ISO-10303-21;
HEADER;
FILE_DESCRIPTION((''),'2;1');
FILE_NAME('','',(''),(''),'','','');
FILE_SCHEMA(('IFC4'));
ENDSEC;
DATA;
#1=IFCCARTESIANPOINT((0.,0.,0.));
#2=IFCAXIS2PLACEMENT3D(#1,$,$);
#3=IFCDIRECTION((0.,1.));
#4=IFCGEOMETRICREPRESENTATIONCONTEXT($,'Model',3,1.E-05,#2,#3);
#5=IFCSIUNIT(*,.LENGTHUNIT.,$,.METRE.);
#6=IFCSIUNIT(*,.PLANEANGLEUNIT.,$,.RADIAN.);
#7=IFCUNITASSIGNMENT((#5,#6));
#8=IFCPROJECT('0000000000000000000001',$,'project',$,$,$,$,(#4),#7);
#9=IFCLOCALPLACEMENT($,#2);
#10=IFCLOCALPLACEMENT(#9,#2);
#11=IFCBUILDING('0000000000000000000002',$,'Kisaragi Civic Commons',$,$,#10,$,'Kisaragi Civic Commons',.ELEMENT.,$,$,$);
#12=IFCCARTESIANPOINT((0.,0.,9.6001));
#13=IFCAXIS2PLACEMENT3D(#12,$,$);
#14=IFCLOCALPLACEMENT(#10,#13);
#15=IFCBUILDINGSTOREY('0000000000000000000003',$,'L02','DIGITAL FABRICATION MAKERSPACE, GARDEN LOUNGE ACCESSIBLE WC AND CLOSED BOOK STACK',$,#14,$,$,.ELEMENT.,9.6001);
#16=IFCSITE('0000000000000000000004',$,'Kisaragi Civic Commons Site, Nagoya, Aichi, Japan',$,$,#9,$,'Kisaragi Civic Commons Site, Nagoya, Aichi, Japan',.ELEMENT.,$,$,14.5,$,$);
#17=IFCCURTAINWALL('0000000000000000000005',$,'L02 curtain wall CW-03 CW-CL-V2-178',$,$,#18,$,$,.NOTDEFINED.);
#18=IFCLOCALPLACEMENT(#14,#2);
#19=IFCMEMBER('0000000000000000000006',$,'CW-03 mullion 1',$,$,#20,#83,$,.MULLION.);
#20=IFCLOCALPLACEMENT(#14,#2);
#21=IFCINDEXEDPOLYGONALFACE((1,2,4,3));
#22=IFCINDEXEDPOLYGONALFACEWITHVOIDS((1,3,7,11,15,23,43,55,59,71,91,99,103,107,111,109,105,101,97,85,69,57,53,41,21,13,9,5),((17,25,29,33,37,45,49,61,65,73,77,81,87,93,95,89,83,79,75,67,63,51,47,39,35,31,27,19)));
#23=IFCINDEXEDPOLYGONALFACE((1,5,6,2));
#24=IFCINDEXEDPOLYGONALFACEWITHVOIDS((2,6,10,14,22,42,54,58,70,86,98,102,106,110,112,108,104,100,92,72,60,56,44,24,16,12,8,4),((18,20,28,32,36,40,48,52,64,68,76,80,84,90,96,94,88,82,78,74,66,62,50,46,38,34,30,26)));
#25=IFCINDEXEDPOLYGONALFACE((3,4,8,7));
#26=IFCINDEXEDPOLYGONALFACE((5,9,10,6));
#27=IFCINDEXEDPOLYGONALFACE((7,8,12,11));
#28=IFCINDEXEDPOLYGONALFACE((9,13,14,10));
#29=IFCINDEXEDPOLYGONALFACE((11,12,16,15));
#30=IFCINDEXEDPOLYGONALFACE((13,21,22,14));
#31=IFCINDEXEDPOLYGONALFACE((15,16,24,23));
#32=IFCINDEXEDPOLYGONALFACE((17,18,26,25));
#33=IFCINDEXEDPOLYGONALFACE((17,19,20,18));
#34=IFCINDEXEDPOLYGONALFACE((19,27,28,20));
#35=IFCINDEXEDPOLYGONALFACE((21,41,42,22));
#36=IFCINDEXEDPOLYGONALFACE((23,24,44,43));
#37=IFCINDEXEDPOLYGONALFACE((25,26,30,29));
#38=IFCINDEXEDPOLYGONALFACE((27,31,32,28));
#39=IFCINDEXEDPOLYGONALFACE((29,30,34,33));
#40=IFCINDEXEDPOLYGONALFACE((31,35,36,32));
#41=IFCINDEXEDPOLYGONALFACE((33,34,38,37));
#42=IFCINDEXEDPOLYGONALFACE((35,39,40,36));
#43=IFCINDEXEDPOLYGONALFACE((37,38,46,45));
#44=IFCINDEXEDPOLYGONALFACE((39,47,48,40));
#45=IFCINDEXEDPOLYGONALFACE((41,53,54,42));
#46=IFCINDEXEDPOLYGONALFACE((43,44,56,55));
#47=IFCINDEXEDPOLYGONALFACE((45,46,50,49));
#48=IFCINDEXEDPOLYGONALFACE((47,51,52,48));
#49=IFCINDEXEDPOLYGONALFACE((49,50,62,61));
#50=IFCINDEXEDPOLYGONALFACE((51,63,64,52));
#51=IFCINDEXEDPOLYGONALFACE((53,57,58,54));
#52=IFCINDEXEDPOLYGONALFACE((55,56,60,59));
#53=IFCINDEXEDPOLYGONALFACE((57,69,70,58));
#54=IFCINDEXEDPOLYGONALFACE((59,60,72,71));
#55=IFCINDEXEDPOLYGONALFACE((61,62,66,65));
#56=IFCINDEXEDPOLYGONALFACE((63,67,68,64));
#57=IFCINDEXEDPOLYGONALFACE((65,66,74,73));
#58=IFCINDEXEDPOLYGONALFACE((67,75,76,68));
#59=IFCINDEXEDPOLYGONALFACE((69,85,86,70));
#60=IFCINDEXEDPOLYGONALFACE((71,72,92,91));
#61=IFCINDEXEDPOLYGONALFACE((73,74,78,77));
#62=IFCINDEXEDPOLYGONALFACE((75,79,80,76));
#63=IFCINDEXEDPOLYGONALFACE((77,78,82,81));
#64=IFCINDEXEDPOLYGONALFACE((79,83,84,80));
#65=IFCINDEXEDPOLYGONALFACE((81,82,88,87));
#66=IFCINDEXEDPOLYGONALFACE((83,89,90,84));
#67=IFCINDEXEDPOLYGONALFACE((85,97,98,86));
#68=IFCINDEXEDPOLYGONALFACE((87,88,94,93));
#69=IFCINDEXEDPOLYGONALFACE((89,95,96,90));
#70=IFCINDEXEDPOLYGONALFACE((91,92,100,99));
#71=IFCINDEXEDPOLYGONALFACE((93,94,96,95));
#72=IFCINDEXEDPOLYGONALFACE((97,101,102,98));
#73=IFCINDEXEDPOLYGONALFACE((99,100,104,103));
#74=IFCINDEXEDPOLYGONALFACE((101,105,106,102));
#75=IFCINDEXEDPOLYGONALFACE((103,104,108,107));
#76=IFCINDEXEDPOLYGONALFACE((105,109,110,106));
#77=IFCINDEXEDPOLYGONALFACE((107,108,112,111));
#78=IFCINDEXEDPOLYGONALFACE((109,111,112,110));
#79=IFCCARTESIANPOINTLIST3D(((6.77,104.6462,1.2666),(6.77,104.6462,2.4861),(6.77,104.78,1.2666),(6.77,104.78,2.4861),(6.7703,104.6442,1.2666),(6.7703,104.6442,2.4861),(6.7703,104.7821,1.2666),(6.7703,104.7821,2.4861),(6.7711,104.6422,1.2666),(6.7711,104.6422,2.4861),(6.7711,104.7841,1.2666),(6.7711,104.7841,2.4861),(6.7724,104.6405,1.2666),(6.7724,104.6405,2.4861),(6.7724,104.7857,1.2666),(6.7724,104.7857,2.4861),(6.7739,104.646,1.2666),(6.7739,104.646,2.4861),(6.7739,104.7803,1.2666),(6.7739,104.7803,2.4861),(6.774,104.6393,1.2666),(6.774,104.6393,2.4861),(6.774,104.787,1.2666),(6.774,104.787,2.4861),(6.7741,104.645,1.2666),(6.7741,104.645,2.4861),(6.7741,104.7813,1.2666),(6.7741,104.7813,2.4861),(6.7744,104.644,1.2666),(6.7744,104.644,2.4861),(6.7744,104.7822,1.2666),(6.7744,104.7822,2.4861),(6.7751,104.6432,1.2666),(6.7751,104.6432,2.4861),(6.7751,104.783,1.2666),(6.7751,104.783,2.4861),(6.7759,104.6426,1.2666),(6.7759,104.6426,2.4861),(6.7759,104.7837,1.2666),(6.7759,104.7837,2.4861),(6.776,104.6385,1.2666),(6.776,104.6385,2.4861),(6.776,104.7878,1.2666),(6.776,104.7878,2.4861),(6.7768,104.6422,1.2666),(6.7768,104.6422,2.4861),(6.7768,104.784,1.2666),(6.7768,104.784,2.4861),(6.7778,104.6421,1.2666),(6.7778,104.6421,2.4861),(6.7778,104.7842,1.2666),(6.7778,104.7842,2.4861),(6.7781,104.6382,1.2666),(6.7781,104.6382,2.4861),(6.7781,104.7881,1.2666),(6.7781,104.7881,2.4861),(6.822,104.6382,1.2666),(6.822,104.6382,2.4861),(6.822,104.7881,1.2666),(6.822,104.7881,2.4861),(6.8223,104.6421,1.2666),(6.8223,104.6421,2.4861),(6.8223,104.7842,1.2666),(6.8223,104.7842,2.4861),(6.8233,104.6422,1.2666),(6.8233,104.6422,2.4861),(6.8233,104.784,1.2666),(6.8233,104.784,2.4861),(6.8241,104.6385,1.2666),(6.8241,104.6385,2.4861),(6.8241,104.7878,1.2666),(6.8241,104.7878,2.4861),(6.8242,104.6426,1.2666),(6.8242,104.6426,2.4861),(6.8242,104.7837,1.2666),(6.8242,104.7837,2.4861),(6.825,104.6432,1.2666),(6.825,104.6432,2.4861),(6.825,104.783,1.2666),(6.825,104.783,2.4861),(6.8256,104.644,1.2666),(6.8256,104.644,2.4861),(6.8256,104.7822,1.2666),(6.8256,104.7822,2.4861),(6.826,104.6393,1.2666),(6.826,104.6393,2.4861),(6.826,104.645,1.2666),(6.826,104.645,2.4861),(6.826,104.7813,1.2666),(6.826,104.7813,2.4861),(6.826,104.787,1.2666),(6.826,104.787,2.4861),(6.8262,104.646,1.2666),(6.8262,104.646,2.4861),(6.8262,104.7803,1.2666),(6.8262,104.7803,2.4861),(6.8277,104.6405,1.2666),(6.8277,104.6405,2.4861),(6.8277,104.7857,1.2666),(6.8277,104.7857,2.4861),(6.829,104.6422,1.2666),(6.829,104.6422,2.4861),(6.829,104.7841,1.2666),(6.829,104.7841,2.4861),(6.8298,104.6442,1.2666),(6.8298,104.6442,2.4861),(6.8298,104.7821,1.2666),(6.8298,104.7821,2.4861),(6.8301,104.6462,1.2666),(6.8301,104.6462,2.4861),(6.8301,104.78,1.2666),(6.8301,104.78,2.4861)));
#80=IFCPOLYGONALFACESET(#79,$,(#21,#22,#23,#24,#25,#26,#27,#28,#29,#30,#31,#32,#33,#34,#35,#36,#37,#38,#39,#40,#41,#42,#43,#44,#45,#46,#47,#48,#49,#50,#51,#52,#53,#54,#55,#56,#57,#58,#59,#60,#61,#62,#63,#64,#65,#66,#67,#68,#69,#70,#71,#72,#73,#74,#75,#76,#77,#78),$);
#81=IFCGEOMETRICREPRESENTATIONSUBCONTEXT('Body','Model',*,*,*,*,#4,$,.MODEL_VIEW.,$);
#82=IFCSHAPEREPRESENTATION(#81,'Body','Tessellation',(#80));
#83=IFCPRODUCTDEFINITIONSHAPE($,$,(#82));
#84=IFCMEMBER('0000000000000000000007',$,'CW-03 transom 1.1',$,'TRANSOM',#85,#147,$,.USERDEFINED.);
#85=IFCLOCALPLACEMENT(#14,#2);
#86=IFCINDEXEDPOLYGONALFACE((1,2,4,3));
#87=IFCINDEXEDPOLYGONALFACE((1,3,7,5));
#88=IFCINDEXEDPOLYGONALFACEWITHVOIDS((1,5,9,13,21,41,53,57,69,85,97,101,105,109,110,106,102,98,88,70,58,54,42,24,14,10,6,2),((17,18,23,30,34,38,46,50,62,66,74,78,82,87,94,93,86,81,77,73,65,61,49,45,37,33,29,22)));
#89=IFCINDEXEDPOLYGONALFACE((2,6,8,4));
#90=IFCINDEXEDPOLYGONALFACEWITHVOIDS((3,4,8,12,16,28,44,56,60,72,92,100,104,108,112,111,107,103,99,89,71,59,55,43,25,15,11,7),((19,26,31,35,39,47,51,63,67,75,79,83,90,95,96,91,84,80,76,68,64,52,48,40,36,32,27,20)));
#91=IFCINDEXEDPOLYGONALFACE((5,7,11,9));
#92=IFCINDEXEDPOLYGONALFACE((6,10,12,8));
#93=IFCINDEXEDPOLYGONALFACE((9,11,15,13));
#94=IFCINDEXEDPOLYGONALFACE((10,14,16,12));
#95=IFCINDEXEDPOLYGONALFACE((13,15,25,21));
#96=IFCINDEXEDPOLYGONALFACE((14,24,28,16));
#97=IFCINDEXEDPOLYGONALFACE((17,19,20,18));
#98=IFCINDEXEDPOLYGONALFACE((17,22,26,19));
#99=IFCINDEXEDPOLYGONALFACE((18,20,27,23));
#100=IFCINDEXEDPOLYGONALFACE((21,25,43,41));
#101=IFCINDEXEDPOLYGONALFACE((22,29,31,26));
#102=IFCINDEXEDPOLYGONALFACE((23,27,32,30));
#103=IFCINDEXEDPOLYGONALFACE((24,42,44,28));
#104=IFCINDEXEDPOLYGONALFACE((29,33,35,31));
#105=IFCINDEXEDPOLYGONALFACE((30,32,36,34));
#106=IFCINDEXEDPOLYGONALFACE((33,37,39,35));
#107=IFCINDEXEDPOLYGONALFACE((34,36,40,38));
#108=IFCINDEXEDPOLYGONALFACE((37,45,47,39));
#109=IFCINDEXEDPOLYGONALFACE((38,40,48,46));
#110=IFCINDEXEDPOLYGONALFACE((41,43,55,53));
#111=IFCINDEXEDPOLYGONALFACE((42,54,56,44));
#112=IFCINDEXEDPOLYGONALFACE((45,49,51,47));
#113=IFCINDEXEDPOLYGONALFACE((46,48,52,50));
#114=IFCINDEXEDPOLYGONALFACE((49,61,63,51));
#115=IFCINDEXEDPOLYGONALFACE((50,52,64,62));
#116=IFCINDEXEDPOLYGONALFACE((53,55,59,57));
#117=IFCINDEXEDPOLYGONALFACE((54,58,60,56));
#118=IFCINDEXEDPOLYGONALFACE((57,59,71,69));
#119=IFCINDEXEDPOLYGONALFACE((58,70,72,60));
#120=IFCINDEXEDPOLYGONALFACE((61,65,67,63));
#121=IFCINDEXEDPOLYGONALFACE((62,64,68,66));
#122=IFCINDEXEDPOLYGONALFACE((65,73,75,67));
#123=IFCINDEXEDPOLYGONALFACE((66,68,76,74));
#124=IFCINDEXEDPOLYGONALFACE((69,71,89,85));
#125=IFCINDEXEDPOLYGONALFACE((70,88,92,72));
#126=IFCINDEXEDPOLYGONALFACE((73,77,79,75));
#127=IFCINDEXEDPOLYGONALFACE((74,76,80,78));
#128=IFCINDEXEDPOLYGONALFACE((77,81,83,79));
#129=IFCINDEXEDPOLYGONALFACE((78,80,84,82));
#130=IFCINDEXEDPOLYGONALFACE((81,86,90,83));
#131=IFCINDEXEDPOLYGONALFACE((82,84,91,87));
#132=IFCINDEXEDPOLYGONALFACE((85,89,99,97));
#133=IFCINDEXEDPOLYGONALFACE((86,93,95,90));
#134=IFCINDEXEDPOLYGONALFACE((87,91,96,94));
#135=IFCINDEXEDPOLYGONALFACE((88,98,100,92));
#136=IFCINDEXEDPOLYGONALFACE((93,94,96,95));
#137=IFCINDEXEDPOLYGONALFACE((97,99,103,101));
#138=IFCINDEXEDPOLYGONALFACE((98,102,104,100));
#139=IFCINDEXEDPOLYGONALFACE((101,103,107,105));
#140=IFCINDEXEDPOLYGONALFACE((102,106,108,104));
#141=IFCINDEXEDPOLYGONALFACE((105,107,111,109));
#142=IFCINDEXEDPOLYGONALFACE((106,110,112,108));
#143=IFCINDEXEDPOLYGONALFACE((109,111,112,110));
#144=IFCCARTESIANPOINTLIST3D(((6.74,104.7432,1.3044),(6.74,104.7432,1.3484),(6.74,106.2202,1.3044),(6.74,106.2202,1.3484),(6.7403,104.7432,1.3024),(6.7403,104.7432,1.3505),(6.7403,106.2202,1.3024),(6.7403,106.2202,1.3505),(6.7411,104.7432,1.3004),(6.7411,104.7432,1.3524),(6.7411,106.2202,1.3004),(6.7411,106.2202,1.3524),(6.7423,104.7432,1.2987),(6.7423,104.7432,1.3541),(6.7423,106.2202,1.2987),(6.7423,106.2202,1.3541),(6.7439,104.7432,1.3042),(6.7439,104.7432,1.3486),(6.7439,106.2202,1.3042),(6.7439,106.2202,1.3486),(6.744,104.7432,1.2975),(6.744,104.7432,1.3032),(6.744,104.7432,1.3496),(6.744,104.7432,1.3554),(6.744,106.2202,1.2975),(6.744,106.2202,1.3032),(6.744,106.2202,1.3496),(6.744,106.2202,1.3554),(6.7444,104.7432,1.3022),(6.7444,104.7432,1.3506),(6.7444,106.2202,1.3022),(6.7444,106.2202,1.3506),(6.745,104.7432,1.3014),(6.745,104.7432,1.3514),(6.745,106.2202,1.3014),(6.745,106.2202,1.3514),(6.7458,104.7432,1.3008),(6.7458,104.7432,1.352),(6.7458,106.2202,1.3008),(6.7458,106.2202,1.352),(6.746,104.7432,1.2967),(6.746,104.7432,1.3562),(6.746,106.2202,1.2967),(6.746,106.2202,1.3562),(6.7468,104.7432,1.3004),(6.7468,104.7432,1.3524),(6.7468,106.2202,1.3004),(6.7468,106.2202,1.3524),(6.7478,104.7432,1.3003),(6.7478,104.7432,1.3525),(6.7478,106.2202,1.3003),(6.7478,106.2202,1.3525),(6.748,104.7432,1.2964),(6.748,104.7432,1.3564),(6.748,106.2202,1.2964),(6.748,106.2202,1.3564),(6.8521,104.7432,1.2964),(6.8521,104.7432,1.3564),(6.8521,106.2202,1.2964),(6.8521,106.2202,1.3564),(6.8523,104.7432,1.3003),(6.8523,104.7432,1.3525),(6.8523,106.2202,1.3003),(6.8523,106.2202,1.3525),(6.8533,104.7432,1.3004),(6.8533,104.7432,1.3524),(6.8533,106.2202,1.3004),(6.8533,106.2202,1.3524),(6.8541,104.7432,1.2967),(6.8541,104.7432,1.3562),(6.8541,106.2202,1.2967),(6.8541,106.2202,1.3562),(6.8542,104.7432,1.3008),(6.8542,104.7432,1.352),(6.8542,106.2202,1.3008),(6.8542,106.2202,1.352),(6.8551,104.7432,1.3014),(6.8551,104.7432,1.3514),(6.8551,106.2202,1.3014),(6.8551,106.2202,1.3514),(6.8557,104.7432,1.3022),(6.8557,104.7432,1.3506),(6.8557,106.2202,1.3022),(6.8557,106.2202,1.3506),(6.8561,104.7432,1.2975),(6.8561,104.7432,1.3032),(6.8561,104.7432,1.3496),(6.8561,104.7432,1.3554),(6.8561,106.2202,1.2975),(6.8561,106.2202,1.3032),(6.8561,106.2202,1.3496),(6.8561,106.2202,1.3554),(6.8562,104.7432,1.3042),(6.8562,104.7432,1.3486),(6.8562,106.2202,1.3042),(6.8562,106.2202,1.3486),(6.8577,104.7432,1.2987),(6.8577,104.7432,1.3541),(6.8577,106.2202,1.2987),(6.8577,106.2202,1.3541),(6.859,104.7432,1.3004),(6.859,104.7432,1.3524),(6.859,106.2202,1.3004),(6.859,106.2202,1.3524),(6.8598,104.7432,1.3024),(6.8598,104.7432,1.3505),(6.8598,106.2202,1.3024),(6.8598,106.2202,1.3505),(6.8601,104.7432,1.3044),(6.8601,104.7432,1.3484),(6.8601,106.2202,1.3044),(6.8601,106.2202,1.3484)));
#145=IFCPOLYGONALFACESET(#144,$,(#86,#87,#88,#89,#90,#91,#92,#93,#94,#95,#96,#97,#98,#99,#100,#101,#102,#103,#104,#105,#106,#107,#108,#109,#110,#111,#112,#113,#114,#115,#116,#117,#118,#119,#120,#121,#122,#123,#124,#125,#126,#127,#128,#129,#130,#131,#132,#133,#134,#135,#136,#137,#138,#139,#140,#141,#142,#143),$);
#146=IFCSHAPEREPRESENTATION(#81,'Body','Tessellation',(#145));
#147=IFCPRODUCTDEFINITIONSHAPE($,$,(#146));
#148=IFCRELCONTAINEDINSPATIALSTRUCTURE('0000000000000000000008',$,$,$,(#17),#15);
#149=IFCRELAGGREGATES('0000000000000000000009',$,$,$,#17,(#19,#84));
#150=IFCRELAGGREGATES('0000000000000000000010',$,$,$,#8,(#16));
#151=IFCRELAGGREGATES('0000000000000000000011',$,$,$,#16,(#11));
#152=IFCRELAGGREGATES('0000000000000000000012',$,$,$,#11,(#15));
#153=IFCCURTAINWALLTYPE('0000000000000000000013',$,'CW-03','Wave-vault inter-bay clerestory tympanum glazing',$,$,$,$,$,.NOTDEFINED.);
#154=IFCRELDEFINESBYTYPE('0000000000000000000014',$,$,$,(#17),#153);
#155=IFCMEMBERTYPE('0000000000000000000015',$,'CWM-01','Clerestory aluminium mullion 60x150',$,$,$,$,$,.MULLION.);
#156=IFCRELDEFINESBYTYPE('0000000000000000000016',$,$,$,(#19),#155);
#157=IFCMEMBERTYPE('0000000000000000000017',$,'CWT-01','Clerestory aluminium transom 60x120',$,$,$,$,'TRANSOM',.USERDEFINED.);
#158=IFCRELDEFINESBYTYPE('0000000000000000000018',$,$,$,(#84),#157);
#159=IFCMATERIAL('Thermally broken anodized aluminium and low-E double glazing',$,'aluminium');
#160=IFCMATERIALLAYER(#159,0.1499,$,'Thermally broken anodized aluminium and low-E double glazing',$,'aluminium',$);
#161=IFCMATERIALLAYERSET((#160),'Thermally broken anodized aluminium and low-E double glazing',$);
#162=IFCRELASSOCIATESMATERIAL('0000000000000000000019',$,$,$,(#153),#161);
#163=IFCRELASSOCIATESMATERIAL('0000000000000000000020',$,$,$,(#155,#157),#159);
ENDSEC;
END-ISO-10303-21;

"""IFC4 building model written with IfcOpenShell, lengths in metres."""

from ifc_helpers import new_model, si_unit, direction, frame, origin, origin_2d, place, context, subcontext, project, spatial, hollow_rectangle, extrude, material, layer, layer_set, material_profile, profile_set, type_object, element, aggregate, save


model = new_model("IFC4")

# Units and contexts
model_context = context("Model", 3, precision=1e-05, world=origin(), true_north=direction((0.0, 1.0)))
body_context = subcontext(model_context, "Body", "Model", "MODEL_VIEW")
ifc_project = project(units=[si_unit("LENGTHUNIT", "METRE"), si_unit("PLANEANGLEUNIT", "RADIAN")], contexts=[model_context])

# Site, building, storey
site_placement = place(None, origin())
site = spatial("IfcSite", under=ifc_project, at=site_placement, Name="Kisaragi Civic Commons Site, Nagoya, Aichi, Japan", LongName="Kisaragi Civic Commons Site, Nagoya, Aichi, Japan", CompositionType="ELEMENT", RefElevation=14.5)
building_placement = place(site_placement, origin())
building = spatial("IfcBuilding", under=site, at=building_placement, Name="Kisaragi Civic Commons", LongName="Kisaragi Civic Commons", CompositionType="ELEMENT")
storey_placement = place(building_placement, frame((0.0, 0.0, 9.6001)))
storey = spatial("IfcBuildingStorey", under=building, at=storey_placement, Name="L02", Description="DIGITAL FABRICATION MAKERSPACE, GARDEN LOUNGE ACCESSIBLE WC AND CLOSED BOOK STACK", CompositionType="ELEMENT", Elevation=9.6001)

# Curtain wall, members
ifc_material_1 = material(Name="Thermally broken anodized aluminium and low-E double glazing", Category="aluminium")
ifc_layer_1 = layer(ifc_material_1, 0.1499, Name="Thermally broken anodized aluminium and low-E double glazing", Category="aluminium")
ifc_layer_set_1 = layer_set([ifc_layer_1], Name="Thermally broken anodized aluminium and low-E double glazing")
curtain_wall_type = type_object("IfcCurtainWallType", Name="CW-03", Description="Wave-vault inter-bay clerestory tympanum glazing", PredefinedType="NOTDEFINED", material=ifc_layer_set_1)
curtain_wall_placement = place(storey_placement, origin())
curtain_wall = element("IfcCurtainWall", 1, at=curtain_wall_placement, inside=storey, type_object=curtain_wall_type, Name="L02 curtain wall CW-03 CW-CL-V2-178", PredefinedType="NOTDEFINED")
ifc_material_profile_1 = material_profile(ifc_material_1, hollow_rectangle(XDim=0.0601, YDim=0.1499, WallThickness=0.0039, InnerFilletRadius=0.0039, OuterFilletRadius=0.0081, at=origin_2d()), Name="CWM-60x150x4", Category="aluminium")
ifc_profile_set_1 = profile_set([ifc_material_profile_1], Name="Thermally broken anodized aluminium and low-E double glazing")
member_type_1 = type_object("IfcMemberType", Name="CWM-01", Description="Clerestory aluminium mullion 60x150", PredefinedType="MULLION", material=ifc_profile_set_1)
member_1_placement = place(storey_placement, frame((6.8, 104.7131, 1.2666), z_axis=(0.0, 0.0, 1.0), x_axis=(-1.0, 0.0, 0.0)))
member_1 = element("IfcMember", 2, at=member_1_placement, type_object=member_type_1, Name="CW-03 mullion 1", PredefinedType="MULLION", context=body_context, shape_type="SweptSolid", body=[
    extrude(hollow_rectangle(XDim=0.0601, YDim=0.1499, WallThickness=0.0039, InnerFilletRadius=0.0039, OuterFilletRadius=0.0081, at=origin_2d()), origin(), (0.0, 0.0, 1.0), 1.2195),
])
ifc_material_profile_2 = material_profile(ifc_material_1, hollow_rectangle(XDim=0.1201, YDim=0.0601, WallThickness=0.0039, InnerFilletRadius=0.0039, OuterFilletRadius=0.0081, at=origin_2d()), Name="CWT-60x120x4", Category="aluminium")
ifc_profile_set_2 = profile_set([ifc_material_profile_2], Name="Thermally broken anodized aluminium and low-E double glazing")
member_type_2 = type_object("IfcMemberType", Name="CWT-01", Description="Clerestory aluminium transom 60x120", ElementType="TRANSOM", PredefinedType="USERDEFINED", material=ifc_profile_set_2)
member_2_placement = place(storey_placement, frame((6.8, 104.7432, 1.3264), z_axis=(0.0, 1.0, 0.0), x_axis=(-1.0, 0.0, 0.0)))
member_2 = element("IfcMember", 3, at=member_2_placement, type_object=member_type_2, Name="CW-03 transom 1.1", ObjectType="TRANSOM", PredefinedType="USERDEFINED", context=body_context, shape_type="SweptSolid", body=[
    extrude(hollow_rectangle(XDim=0.1201, YDim=0.0601, WallThickness=0.0039, InnerFilletRadius=0.0039, OuterFilletRadius=0.0081, at=origin_2d()), origin(), (0.0, 0.0, 1.0), 1.4771),
])

aggregate(curtain_wall, [member_1, member_2])

save(model, "model.ifc")
